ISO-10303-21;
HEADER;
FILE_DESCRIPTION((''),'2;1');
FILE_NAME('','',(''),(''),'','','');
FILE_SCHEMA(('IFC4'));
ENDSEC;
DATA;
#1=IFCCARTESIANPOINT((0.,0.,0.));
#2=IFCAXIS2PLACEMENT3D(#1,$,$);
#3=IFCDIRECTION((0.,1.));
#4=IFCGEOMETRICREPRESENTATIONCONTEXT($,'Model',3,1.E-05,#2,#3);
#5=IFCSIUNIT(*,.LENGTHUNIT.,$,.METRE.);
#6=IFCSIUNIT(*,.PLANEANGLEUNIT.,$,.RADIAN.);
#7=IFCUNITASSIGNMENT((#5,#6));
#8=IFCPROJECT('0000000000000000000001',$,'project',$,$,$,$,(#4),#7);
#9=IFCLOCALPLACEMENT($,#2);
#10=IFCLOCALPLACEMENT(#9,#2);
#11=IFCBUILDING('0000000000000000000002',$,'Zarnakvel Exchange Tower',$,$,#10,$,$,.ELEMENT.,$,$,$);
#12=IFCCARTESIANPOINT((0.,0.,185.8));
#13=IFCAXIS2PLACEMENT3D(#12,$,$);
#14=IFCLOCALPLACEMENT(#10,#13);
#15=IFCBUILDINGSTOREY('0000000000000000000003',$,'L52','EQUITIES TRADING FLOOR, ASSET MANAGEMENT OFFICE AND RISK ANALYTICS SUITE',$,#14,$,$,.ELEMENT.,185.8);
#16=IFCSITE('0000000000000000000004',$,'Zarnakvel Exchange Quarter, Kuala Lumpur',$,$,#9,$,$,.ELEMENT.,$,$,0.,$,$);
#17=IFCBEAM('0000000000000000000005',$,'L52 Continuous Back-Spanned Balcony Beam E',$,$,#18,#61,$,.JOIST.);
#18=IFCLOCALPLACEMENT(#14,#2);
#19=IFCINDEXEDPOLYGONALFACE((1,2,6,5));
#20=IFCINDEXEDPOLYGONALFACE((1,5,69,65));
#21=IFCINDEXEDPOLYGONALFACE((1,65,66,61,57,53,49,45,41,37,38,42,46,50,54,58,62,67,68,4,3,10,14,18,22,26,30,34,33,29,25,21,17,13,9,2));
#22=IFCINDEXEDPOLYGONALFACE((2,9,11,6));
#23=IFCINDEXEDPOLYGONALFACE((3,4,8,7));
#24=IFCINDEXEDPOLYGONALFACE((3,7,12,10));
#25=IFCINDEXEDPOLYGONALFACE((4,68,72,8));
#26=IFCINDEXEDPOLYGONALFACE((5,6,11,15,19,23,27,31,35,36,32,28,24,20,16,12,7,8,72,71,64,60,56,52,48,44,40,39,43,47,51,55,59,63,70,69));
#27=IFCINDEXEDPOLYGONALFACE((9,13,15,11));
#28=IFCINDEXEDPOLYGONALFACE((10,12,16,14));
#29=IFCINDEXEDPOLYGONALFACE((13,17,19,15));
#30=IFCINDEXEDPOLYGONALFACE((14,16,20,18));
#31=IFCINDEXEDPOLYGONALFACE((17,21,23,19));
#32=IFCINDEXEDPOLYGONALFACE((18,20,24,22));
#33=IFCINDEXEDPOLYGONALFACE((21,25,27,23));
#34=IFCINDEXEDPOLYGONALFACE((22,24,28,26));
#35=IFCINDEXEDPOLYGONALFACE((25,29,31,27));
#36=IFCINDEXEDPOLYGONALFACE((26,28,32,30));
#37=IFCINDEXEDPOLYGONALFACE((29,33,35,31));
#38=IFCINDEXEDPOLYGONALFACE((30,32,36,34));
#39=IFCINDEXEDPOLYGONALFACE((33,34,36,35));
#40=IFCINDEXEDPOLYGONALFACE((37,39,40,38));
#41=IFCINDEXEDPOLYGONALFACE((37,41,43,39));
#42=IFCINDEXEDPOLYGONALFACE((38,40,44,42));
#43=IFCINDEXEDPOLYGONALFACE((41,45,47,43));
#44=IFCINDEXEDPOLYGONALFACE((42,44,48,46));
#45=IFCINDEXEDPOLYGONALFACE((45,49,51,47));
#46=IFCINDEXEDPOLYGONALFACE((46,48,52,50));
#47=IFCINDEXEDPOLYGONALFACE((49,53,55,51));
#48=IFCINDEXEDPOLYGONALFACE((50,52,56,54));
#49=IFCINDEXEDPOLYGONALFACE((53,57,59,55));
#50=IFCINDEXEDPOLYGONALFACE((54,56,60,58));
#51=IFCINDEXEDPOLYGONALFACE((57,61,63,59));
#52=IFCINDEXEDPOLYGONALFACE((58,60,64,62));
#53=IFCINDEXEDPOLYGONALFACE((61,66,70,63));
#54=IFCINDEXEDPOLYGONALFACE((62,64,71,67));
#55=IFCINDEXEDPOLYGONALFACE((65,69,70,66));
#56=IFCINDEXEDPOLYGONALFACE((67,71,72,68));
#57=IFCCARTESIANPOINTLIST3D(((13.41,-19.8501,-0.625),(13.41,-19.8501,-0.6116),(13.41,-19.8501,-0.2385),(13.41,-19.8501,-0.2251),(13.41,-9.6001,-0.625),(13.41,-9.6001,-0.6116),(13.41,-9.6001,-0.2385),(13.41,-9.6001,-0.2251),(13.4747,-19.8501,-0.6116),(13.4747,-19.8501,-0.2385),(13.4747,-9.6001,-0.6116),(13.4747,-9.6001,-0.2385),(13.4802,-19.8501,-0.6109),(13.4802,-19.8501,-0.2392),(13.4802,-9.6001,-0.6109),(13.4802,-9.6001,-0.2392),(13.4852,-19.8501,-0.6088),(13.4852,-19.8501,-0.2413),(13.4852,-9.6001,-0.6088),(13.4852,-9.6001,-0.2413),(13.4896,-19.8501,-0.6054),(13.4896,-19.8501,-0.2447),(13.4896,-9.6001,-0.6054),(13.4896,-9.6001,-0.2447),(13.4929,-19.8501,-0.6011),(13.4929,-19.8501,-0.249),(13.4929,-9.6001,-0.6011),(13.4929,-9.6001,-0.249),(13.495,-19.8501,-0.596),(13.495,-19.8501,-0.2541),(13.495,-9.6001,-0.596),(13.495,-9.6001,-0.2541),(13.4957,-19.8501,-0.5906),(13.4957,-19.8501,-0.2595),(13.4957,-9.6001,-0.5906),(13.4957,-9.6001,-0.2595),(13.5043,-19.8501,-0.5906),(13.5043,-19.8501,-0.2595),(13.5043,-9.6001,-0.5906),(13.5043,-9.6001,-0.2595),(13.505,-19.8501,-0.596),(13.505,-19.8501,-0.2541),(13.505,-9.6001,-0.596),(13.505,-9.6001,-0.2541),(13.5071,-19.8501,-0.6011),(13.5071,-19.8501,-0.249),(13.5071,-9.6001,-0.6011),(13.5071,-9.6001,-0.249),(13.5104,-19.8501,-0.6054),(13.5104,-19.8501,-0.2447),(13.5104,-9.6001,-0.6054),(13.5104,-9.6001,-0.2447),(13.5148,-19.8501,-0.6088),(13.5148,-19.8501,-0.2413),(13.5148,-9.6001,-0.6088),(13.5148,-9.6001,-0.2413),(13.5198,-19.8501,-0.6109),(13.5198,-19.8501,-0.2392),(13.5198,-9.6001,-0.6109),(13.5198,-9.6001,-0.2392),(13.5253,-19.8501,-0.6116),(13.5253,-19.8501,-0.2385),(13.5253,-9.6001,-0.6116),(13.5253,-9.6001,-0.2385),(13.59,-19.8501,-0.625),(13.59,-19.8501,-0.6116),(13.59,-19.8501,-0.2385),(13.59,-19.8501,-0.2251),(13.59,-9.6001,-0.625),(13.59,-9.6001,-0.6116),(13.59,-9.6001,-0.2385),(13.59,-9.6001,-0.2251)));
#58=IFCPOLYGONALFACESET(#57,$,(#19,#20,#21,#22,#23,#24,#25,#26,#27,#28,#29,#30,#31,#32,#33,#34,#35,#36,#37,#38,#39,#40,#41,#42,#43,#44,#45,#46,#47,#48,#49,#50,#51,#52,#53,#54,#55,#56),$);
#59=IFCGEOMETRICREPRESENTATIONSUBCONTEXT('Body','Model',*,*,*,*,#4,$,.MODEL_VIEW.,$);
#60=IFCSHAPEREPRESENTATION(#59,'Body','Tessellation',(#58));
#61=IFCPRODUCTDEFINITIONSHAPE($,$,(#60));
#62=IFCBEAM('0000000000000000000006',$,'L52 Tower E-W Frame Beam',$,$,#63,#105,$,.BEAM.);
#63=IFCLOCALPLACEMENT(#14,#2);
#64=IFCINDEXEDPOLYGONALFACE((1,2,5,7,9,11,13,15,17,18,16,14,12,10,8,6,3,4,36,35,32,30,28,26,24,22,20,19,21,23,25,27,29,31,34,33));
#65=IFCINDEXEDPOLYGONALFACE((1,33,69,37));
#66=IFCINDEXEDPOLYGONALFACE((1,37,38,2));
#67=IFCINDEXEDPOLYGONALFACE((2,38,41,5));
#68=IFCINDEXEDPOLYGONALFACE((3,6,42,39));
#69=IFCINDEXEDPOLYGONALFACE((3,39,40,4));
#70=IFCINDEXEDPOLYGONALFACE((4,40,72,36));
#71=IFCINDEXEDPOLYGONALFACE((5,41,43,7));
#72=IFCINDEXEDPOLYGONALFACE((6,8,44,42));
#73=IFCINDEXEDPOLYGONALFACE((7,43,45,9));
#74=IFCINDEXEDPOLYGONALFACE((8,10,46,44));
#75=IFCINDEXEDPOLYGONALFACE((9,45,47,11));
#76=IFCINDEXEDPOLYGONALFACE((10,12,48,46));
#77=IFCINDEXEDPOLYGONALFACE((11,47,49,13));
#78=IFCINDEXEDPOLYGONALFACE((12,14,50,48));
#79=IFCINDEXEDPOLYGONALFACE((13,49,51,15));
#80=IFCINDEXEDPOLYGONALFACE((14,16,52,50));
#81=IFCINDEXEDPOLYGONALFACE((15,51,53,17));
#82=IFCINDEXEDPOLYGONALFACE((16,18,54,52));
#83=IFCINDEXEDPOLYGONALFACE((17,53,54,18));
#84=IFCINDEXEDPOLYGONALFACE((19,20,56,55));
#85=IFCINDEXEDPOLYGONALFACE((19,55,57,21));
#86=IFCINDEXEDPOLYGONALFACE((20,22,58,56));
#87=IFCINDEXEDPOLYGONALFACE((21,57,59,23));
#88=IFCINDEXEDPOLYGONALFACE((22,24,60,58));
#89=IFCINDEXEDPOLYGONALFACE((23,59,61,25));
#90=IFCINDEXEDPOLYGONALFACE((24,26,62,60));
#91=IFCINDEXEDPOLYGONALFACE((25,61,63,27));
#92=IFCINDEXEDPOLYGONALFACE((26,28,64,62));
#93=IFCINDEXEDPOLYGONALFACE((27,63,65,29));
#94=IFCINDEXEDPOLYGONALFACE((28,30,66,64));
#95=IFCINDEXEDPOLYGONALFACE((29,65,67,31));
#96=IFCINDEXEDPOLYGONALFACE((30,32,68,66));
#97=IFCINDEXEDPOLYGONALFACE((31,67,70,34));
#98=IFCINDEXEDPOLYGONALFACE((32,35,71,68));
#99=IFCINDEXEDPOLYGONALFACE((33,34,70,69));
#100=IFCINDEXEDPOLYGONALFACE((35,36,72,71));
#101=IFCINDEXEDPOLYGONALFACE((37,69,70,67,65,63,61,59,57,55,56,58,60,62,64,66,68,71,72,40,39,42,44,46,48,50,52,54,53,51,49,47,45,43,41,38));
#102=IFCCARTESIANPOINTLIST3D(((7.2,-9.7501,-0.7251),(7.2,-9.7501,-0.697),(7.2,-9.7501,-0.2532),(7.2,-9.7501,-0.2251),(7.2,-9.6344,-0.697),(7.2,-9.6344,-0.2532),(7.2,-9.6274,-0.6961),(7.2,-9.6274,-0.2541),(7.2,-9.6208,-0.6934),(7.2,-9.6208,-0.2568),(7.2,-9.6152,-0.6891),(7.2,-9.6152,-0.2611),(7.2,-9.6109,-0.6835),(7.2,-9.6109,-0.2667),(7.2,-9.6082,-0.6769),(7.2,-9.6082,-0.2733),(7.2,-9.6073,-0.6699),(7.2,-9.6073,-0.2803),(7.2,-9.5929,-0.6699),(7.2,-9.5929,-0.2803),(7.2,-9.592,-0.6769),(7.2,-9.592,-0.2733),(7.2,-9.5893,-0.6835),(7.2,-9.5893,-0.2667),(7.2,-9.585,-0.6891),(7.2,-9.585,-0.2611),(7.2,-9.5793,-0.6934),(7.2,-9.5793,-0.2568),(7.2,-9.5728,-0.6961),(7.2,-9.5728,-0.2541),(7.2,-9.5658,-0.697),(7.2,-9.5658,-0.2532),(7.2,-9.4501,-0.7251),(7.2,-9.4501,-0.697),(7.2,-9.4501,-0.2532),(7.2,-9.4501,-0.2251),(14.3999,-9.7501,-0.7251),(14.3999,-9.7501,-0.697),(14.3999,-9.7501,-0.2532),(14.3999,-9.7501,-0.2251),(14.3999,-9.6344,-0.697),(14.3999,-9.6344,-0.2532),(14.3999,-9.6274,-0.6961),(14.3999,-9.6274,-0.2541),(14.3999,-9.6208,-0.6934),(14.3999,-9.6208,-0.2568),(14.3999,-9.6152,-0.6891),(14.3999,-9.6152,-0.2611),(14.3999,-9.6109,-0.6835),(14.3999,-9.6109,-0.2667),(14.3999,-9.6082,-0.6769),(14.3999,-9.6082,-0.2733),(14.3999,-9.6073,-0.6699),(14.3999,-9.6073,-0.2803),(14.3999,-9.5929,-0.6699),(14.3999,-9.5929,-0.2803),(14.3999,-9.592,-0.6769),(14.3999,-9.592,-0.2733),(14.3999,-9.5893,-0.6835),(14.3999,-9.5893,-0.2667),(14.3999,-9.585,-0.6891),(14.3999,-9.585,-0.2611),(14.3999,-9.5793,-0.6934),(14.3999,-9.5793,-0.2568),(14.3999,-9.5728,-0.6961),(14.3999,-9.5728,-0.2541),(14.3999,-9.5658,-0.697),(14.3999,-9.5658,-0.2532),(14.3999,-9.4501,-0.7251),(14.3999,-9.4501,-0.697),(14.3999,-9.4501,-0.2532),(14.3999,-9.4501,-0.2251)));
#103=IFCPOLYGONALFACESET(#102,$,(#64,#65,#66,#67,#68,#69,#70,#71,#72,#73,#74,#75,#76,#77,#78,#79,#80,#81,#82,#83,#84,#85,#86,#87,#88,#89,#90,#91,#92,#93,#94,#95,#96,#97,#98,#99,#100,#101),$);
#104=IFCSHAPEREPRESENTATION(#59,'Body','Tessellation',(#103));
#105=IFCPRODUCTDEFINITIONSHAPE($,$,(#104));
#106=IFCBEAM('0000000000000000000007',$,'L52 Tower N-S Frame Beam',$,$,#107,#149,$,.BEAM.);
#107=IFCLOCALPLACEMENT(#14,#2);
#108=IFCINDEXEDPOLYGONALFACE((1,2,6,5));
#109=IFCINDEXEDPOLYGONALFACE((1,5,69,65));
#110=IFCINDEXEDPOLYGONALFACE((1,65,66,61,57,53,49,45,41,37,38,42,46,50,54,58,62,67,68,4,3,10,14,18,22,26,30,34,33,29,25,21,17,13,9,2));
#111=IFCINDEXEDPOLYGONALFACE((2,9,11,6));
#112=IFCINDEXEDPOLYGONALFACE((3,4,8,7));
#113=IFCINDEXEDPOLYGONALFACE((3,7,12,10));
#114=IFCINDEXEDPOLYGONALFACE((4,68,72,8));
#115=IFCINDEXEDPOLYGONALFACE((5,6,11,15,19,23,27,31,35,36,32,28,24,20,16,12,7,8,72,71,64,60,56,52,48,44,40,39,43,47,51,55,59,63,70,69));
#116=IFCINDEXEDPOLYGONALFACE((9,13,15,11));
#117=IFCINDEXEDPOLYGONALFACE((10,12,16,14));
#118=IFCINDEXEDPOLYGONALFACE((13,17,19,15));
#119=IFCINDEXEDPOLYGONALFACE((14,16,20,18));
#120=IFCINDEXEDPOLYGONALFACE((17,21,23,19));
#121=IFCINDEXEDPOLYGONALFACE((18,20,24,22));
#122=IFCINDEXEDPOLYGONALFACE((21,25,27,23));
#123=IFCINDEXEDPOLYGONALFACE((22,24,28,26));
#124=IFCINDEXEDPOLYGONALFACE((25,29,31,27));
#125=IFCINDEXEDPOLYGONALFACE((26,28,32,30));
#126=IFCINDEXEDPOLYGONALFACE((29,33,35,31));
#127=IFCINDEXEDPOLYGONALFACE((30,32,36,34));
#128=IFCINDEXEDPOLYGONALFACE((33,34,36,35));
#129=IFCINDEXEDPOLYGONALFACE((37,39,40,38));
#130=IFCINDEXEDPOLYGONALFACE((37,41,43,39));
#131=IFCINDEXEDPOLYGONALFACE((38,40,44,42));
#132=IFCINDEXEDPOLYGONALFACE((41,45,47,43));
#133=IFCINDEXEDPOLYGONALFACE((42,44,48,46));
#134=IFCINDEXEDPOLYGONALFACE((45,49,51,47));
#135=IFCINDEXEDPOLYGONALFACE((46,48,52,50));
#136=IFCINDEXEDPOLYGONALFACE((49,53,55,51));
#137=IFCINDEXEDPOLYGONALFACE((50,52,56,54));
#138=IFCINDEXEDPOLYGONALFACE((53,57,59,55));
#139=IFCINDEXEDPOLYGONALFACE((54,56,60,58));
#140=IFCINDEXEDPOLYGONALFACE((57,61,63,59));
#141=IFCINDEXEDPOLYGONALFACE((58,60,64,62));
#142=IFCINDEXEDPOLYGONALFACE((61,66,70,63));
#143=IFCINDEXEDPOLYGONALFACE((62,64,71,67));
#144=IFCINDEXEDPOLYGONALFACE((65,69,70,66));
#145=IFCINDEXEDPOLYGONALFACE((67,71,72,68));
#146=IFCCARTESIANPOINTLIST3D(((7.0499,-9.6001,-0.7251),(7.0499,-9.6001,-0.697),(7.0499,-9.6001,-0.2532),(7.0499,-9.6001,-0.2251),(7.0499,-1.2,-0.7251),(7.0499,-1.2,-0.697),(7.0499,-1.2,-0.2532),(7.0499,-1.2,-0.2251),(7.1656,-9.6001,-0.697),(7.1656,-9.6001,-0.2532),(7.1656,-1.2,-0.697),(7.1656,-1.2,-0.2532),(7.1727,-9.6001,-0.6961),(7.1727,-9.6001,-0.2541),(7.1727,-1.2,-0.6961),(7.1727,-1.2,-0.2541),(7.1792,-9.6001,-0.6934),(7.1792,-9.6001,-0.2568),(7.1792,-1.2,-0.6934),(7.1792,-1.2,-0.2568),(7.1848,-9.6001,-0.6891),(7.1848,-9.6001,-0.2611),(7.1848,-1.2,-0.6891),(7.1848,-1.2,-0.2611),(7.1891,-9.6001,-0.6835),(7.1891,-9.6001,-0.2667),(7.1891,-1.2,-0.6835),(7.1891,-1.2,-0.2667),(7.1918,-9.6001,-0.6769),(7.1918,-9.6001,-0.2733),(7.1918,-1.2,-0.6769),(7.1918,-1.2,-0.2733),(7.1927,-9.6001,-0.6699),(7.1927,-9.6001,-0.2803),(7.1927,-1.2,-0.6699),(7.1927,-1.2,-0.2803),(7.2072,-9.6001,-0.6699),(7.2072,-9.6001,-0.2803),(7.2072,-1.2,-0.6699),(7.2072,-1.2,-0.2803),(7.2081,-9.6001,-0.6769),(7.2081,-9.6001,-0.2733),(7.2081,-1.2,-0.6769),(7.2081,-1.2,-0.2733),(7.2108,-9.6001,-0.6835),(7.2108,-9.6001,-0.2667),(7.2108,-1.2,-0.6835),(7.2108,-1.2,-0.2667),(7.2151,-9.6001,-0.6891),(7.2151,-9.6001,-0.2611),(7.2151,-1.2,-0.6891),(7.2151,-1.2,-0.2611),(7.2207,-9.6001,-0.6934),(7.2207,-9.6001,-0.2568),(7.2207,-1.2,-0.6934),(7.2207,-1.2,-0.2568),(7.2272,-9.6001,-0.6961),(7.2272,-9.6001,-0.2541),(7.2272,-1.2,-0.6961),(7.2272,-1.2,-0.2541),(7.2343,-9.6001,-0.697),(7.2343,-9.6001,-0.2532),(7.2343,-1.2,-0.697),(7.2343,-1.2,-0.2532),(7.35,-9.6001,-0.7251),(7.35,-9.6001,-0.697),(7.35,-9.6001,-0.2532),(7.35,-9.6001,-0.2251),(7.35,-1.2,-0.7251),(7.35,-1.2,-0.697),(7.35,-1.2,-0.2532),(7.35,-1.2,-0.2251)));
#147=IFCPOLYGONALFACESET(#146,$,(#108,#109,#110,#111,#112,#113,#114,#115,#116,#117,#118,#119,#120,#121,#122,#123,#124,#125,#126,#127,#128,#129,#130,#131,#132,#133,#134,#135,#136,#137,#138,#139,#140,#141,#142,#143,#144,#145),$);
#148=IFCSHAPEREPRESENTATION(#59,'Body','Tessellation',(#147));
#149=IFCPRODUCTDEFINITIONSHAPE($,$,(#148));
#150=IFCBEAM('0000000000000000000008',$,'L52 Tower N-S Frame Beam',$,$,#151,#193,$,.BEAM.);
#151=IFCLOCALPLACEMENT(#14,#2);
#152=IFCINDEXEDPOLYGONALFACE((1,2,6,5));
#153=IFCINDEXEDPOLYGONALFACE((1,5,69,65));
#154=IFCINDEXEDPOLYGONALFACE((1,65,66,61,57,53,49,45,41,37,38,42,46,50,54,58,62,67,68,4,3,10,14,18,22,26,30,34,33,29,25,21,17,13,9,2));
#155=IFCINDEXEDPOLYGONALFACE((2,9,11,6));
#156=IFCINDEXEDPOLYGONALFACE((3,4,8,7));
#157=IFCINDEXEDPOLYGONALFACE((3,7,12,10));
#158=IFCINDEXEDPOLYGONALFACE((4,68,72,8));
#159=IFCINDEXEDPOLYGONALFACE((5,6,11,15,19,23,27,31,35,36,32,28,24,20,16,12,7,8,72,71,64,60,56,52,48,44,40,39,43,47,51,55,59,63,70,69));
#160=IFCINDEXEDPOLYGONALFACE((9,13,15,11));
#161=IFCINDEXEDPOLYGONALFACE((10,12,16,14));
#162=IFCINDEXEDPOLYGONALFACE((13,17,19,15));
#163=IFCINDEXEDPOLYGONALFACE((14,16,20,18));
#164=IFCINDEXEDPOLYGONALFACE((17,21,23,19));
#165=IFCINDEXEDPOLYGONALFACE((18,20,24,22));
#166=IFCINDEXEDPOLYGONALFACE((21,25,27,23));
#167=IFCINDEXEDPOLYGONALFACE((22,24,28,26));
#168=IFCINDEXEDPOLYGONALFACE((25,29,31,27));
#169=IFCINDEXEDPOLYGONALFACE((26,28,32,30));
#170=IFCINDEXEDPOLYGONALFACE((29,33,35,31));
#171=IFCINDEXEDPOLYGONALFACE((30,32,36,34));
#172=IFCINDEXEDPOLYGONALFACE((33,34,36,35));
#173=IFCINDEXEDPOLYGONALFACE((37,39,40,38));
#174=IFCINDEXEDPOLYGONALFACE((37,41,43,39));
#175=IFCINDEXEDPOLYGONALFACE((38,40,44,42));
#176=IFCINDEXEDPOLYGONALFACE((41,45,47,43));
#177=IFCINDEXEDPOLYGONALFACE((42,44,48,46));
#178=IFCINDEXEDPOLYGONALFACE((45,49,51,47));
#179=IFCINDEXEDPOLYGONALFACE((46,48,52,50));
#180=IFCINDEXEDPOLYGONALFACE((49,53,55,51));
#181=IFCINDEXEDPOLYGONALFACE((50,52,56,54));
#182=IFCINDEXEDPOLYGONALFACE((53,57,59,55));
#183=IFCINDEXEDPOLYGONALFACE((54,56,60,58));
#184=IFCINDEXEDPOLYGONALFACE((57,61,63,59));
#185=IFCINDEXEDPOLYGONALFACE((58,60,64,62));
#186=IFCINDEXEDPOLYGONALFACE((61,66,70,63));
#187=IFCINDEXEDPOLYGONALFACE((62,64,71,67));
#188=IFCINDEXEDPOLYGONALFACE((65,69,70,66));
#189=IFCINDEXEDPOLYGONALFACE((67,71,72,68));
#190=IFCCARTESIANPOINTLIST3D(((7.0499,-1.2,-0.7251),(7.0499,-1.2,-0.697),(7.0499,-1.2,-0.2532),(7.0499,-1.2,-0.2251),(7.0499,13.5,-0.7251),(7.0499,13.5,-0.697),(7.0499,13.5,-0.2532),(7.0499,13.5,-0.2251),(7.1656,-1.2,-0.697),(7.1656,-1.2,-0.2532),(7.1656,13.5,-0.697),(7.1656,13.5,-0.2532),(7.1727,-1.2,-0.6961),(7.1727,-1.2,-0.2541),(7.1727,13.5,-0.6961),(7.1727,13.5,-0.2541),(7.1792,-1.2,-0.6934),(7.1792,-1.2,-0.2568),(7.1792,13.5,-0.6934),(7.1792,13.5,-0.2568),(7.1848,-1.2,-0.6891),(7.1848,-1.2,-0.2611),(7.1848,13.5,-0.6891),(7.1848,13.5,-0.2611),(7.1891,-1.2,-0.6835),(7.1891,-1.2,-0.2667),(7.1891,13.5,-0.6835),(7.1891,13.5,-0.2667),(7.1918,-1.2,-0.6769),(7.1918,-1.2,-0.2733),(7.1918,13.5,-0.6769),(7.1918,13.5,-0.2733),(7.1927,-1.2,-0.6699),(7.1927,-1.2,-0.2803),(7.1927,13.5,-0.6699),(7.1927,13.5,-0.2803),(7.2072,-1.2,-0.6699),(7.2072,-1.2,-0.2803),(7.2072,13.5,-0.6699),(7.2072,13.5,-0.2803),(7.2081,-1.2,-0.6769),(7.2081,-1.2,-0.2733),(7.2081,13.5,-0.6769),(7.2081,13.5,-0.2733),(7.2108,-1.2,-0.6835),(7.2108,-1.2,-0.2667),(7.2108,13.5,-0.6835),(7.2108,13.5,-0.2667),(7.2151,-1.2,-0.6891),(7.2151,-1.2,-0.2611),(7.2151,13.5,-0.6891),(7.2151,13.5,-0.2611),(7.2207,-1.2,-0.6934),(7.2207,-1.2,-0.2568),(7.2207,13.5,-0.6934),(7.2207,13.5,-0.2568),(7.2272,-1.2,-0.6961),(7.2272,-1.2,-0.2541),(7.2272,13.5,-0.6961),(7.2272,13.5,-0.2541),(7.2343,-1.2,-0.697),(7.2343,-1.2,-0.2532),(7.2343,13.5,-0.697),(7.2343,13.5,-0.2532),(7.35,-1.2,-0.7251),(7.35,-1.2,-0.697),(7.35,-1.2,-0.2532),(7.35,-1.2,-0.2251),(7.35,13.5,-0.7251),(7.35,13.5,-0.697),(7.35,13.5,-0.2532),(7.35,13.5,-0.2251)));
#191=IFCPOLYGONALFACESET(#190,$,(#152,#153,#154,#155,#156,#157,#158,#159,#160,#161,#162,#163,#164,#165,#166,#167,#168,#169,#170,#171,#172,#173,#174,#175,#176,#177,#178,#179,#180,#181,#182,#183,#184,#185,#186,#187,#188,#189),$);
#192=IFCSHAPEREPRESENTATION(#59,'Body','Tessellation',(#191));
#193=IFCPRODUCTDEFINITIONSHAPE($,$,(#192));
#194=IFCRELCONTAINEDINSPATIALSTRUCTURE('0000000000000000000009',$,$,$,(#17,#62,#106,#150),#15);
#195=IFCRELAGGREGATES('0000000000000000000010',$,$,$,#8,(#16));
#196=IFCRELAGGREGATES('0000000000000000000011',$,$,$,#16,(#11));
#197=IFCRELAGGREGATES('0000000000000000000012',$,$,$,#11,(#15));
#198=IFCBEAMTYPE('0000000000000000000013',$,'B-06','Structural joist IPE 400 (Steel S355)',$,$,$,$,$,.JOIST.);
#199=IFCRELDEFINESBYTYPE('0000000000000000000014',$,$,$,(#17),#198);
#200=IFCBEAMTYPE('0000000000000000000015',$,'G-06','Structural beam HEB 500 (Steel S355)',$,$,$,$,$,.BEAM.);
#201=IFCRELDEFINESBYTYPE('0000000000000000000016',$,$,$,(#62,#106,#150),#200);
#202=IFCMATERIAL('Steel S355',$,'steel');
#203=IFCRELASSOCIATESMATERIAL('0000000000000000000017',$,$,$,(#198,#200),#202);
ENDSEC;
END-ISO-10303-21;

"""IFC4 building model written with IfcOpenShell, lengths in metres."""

from ifc_helpers import new_model, si_unit, direction, frame, origin, origin_2d, place, context, subcontext, project, spatial, i_section, extrude, material, material_profile, profile_set, type_object, element, save


model = new_model("IFC4")

# Units and contexts
model_context = context("Model", 3, precision=1e-05, world=origin(), true_north=direction((0.0, 1.0)))
body_context = subcontext(model_context, "Body", "Model", "MODEL_VIEW")
ifc_project = project(units=[si_unit("LENGTHUNIT", "METRE"), si_unit("PLANEANGLEUNIT", "RADIAN")], contexts=[model_context])

# Site, building, storey
site_placement = place(None, origin())
site = spatial("IfcSite", under=ifc_project, at=site_placement, Name="Zarnakvel Exchange Quarter, Kuala Lumpur", CompositionType="ELEMENT", RefElevation=0.0)
building_placement = place(site_placement, origin())
building = spatial("IfcBuilding", under=site, at=building_placement, Name="Zarnakvel Exchange Tower", CompositionType="ELEMENT")
storey_placement = place(building_placement, frame((0.0, 0.0, 185.8)))
storey = spatial("IfcBuildingStorey", under=building, at=storey_placement, Name="L52", Description="EQUITIES TRADING FLOOR, ASSET MANAGEMENT OFFICE AND RISK ANALYTICS SUITE", CompositionType="ELEMENT", Elevation=185.8)

# Beams
ifc_material_1 = material(Name="Steel S355", Category="steel")
ifc_material_profile_1 = material_profile(ifc_material_1, i_section(OverallWidth=0.1799, OverallDepth=0.3999, WebThickness=0.0085, FlangeThickness=0.0134, FilletRadius=0.021, at=origin_2d()))
ifc_profile_set_1 = profile_set([ifc_material_profile_1], Name="Steel S355")
beam_type_1 = type_object("IfcBeamType", Name="B-06", Description="Structural joist IPE 400 (Steel S355)", PredefinedType="JOIST", material=ifc_profile_set_1)
for number, where, z_axis, x_axis, name in (
    (1, (13.5, -9.6001, -0.425), (0.0, -1.0, 0.0), (1.0, 0.0, 0.0), "L52 Continuous Back-Spanned Balcony Beam E"),
):
    element("IfcBeam", number, at=place(storey_placement, frame(where, z_axis=z_axis, x_axis=x_axis)), inside=storey, type_object=beam_type_1, Name=name, PredefinedType="JOIST", context=body_context, shape_type="SweptSolid", body=[
        extrude(i_section(OverallWidth=0.1799, OverallDepth=0.3999, WebThickness=0.0085, FlangeThickness=0.0134, FilletRadius=0.021, at=origin_2d()), origin(), (0.0, 0.0, 1.0), 10.25),
    ])
ifc_material_profile_2 = material_profile(ifc_material_1, i_section(OverallWidth=0.3, OverallDepth=0.5, WebThickness=0.0144, FlangeThickness=0.0281, FilletRadius=0.0271, at=origin_2d()))
ifc_profile_set_2 = profile_set([ifc_material_profile_2], Name="Steel S355")
beam_type_2 = type_object("IfcBeamType", Name="G-06", Description="Structural beam HEB 500 (Steel S355)", PredefinedType="BEAM", material=ifc_profile_set_2)
beam_1_placement = place(storey_placement, frame((7.2, -9.6001, -0.4751), z_axis=(1.0, 0.0, 0.0), x_axis=(0.0, 1.0, 0.0)))
element("IfcBeam", 2, at=beam_1_placement, inside=storey, type_object=beam_type_2, Name="L52 Tower E-W Frame Beam", PredefinedType="BEAM", context=body_context, shape_type="SweptSolid", body=[
    extrude(i_section(OverallWidth=0.3, OverallDepth=0.5, WebThickness=0.0144, FlangeThickness=0.0281, FilletRadius=0.0271, at=origin_2d()), origin(), (0.0, 0.0, 1.0), 7.2),
])
beam_2_placement = place(storey_placement, frame((7.2, -9.6001, -0.4751), z_axis=(0.0, 1.0, 0.0), x_axis=(-1.0, 0.0, 0.0)))
element("IfcBeam", 3, at=beam_2_placement, inside=storey, type_object=beam_type_2, Name="L52 Tower N-S Frame Beam", PredefinedType="BEAM", context=body_context, shape_type="SweptSolid", body=[
    extrude(i_section(OverallWidth=0.3, OverallDepth=0.5, WebThickness=0.0144, FlangeThickness=0.0281, FilletRadius=0.0271, at=origin_2d()), origin(), (0.0, 0.0, 1.0), 8.4001),
])
beam_3_placement = place(storey_placement, frame((7.2, -1.2, -0.4751), z_axis=(0.0, 1.0, 0.0), x_axis=(-1.0, 0.0, 0.0)))
element("IfcBeam", 4, at=beam_3_placement, inside=storey, type_object=beam_type_2, Name="L52 Tower N-S Frame Beam", PredefinedType="BEAM", context=body_context, shape_type="SweptSolid", body=[
    extrude(i_section(OverallWidth=0.3, OverallDepth=0.5, WebThickness=0.0144, FlangeThickness=0.0281, FilletRadius=0.0271, at=origin_2d()), origin(), (0.0, 0.0, 1.0), 14.7),
])

save(model, "model.ifc")
